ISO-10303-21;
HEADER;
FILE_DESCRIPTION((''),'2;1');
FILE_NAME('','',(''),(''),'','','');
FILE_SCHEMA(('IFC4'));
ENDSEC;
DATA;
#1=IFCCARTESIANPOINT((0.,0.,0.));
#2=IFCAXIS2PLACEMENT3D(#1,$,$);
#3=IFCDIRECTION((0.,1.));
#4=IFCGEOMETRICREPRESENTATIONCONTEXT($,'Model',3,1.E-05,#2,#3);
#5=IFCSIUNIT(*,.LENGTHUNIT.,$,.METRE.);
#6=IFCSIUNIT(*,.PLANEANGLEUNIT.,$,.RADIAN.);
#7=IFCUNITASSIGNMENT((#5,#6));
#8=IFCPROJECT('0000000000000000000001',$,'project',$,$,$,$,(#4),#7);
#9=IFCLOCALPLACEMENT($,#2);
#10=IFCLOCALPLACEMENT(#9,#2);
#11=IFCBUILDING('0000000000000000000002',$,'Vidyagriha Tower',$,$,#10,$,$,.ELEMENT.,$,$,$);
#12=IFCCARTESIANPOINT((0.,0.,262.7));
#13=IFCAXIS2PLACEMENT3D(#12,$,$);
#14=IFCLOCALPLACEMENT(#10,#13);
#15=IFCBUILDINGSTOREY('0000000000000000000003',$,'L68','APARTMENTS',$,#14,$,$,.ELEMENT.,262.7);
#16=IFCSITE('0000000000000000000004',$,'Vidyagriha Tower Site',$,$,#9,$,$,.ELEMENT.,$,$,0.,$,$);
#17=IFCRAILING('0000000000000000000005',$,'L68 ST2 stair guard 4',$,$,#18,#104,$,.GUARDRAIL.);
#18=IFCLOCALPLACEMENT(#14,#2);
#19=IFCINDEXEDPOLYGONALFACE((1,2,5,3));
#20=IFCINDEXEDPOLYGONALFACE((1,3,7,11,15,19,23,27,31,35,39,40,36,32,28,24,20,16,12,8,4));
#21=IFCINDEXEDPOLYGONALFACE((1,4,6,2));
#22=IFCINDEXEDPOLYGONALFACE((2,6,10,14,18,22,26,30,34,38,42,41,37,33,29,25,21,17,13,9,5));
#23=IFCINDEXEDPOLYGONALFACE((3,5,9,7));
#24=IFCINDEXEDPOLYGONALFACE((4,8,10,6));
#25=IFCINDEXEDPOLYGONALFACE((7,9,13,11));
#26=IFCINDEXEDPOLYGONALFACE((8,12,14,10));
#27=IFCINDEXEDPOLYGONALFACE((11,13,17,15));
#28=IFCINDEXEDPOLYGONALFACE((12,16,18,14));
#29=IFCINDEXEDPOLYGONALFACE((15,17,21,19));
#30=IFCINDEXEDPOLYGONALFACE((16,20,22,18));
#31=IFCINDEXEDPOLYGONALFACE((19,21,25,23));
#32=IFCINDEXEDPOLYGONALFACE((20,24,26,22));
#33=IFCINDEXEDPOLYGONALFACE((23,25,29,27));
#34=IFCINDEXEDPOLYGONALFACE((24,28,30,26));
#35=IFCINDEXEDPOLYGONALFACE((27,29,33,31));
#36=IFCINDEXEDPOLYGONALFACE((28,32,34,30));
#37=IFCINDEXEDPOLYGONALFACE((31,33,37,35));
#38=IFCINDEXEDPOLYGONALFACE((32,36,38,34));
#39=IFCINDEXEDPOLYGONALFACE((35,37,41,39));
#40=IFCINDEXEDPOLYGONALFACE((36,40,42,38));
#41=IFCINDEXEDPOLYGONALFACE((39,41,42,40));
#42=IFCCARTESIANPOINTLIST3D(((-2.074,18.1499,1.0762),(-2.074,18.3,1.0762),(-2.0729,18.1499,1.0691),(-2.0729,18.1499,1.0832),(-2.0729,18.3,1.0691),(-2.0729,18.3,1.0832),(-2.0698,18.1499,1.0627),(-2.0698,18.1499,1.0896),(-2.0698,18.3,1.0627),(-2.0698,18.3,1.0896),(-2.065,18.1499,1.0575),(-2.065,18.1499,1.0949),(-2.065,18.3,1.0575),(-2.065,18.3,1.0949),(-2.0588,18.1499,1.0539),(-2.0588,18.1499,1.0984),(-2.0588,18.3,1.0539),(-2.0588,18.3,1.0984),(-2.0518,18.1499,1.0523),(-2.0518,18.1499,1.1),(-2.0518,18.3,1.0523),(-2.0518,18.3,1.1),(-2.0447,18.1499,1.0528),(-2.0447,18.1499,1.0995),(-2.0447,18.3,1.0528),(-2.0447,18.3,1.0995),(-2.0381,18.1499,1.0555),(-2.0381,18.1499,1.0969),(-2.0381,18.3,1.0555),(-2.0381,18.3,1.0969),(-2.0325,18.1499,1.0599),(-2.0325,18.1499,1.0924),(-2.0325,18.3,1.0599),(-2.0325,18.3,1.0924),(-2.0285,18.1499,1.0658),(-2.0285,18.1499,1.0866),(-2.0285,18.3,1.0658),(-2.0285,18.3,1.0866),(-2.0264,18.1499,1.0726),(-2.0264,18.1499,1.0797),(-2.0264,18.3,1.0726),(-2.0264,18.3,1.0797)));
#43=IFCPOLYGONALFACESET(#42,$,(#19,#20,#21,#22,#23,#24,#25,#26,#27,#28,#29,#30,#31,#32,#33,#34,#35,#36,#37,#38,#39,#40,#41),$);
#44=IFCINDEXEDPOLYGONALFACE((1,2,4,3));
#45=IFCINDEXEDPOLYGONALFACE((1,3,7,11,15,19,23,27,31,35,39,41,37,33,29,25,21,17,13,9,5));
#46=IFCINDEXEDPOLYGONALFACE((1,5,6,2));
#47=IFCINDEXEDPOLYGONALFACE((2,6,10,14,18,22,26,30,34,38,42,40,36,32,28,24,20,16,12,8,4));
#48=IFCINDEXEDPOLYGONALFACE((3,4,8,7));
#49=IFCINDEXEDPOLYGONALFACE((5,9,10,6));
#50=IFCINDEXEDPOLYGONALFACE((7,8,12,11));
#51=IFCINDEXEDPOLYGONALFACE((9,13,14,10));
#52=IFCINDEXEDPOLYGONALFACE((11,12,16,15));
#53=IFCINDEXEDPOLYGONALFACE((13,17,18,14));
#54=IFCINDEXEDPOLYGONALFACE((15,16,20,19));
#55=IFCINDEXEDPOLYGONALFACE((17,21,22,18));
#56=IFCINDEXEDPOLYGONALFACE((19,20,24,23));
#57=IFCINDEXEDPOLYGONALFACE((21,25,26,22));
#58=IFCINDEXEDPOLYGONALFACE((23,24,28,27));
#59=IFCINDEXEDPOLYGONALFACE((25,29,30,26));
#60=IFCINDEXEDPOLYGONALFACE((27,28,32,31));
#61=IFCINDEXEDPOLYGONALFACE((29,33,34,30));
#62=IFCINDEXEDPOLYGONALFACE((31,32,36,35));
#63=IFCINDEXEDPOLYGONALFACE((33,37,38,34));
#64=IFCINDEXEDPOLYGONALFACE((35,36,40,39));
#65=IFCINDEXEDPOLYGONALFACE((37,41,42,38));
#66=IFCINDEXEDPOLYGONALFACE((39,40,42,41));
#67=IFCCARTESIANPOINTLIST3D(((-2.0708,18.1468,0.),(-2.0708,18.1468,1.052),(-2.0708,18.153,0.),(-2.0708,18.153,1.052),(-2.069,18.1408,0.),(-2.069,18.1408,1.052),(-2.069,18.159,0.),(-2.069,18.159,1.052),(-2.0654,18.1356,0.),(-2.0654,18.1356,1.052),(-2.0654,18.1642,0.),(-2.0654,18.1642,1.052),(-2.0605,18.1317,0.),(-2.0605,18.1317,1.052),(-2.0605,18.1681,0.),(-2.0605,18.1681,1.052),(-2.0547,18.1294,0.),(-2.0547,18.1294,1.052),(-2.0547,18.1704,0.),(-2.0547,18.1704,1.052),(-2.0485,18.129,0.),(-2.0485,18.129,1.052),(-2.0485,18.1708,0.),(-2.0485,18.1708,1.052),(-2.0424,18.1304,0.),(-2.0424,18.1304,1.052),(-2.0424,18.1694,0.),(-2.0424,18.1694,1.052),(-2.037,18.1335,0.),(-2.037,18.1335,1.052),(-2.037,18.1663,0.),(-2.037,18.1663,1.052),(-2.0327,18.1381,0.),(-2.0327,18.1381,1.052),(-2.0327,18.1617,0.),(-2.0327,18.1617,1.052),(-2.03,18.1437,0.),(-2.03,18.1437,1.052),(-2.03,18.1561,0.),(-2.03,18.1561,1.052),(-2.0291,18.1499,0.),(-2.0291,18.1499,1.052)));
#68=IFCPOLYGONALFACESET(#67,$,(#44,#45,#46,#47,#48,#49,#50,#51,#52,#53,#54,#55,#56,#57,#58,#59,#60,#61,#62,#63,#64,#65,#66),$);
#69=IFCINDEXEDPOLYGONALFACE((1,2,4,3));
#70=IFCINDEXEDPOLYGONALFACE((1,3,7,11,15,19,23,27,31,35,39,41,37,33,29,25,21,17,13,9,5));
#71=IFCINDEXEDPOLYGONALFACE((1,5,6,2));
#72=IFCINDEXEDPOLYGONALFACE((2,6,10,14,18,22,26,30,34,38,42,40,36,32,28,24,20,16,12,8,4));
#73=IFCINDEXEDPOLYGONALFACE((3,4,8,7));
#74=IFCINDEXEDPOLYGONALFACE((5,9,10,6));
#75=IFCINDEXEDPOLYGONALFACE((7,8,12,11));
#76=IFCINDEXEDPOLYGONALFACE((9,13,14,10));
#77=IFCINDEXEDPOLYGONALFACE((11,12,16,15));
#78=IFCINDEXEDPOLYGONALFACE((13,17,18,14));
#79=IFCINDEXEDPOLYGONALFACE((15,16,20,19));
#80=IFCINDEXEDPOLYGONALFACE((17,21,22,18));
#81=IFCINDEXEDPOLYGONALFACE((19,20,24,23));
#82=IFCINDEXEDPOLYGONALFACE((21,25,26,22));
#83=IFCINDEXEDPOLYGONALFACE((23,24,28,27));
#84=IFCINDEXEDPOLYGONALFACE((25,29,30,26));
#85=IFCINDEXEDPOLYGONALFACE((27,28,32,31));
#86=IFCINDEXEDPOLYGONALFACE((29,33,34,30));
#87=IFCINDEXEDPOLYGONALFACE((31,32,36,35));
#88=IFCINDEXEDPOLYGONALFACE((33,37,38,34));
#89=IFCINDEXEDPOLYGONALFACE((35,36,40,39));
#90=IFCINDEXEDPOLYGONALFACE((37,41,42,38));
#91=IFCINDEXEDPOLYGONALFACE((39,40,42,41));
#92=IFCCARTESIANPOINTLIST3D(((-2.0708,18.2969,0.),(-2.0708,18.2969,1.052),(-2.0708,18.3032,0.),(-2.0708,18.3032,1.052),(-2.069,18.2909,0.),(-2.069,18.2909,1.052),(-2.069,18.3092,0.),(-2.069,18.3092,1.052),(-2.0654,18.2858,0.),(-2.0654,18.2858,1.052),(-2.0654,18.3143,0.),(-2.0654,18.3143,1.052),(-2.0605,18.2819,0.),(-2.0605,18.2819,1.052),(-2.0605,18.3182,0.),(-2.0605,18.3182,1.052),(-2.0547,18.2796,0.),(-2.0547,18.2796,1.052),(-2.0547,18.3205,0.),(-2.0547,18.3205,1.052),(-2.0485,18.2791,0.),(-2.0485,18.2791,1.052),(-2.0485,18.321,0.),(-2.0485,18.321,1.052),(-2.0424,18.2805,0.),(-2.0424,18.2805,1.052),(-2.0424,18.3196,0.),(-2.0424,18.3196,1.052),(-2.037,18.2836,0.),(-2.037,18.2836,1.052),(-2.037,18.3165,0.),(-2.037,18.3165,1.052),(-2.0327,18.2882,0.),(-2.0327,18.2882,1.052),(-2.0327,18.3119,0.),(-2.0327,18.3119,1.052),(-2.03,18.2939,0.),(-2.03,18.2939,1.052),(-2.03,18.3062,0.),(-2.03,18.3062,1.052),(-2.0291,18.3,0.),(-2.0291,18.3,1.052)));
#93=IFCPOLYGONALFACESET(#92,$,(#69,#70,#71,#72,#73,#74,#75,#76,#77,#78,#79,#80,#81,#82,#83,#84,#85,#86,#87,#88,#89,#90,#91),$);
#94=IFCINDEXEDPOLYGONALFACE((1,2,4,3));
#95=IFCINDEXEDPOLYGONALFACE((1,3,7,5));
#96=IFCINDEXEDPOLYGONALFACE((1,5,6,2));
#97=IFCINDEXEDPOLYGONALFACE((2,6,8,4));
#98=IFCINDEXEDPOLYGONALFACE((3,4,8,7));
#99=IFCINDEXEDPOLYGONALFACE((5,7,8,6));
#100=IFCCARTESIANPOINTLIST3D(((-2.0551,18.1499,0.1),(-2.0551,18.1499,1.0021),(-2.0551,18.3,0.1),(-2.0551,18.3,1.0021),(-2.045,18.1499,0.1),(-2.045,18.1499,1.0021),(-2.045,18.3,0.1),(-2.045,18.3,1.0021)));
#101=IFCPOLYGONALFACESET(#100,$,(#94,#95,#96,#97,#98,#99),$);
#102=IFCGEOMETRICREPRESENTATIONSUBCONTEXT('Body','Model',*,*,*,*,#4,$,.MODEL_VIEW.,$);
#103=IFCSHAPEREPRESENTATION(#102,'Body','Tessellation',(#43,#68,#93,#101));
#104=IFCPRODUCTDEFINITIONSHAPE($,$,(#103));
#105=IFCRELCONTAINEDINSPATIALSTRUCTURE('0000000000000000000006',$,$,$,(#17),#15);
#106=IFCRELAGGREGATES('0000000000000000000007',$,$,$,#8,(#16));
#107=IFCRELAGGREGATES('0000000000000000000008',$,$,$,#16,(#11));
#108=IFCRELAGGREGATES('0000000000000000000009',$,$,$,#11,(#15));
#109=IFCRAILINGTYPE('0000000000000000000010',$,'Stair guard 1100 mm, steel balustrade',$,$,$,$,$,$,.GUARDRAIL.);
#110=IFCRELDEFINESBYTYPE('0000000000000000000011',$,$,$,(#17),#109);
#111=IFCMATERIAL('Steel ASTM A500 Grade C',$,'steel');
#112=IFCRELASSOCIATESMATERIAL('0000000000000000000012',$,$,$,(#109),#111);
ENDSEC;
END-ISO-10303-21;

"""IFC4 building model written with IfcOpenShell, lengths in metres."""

from ifc_helpers import new_model, si_unit, direction, frame, origin, origin_2d, place, context, subcontext, project, spatial, rectangle, circle, extrude, material, type_object, element, save


model = new_model("IFC4")

# Units and contexts
model_context = context("Model", 3, precision=1e-05, world=origin(), true_north=direction((0.0, 1.0)))
body_context = subcontext(model_context, "Body", "Model", "MODEL_VIEW")
ifc_project = project(units=[si_unit("LENGTHUNIT", "METRE"), si_unit("PLANEANGLEUNIT", "RADIAN")], contexts=[model_context])

# Site, building, storey
site_placement = place(None, origin())
site = spatial("IfcSite", under=ifc_project, at=site_placement, Name="Vidyagriha Tower Site", CompositionType="ELEMENT", RefElevation=0.0)
building_placement = place(site_placement, origin())
building = spatial("IfcBuilding", under=site, at=building_placement, Name="Vidyagriha Tower", CompositionType="ELEMENT")
storey_placement = place(building_placement, frame((0.0, 0.0, 262.7)))
storey = spatial("IfcBuildingStorey", under=building, at=storey_placement, Name="L68", Description="APARTMENTS", CompositionType="ELEMENT", Elevation=262.7)

# Railing
ifc_material_1 = material(Name="Steel ASTM A500 Grade C", Category="steel")
railing_type_1 = type_object("IfcRailingType", Name="Stair guard 1100 mm, steel balustrade", PredefinedType="GUARDRAIL", material=ifc_material_1)
railing_1_placement = place(storey_placement, frame((-2.05, 18.1499, 0.0)))
element("IfcRailing", 1, at=railing_1_placement, inside=storey, type_object=railing_type_1, Name="L68 ST2 stair guard 4", PredefinedType="GUARDRAIL", context=body_context, shape_type="SweptSolid", body=[
    extrude(circle(Radius=0.0239, at=origin_2d()), frame((0.0, 0.0, 1.0762), z_axis=(0.0, 1.0, 0.0), x_axis=(-1.0, 0.0, 0.0)), (0.0, 0.0, 1.0), 0.1501),
    extrude(circle(Radius=0.021, at=origin_2d()), origin(), (0.0, 0.0, 1.0), 1.052),
    extrude(circle(Radius=0.021, at=origin_2d()), frame((0.0, 0.1501, 0.0)), (0.0, 0.0, 1.0), 1.052),
    extrude(rectangle(XDim=0.01, YDim=0.9021, at=origin_2d()), frame((0.0, 0.0, 0.551), z_axis=(0.0, 1.0, 0.0), x_axis=(-1.0, 0.0, 0.0)), (0.0, 0.0, 1.0), 0.1501),
])

save(model, "model.ifc")
